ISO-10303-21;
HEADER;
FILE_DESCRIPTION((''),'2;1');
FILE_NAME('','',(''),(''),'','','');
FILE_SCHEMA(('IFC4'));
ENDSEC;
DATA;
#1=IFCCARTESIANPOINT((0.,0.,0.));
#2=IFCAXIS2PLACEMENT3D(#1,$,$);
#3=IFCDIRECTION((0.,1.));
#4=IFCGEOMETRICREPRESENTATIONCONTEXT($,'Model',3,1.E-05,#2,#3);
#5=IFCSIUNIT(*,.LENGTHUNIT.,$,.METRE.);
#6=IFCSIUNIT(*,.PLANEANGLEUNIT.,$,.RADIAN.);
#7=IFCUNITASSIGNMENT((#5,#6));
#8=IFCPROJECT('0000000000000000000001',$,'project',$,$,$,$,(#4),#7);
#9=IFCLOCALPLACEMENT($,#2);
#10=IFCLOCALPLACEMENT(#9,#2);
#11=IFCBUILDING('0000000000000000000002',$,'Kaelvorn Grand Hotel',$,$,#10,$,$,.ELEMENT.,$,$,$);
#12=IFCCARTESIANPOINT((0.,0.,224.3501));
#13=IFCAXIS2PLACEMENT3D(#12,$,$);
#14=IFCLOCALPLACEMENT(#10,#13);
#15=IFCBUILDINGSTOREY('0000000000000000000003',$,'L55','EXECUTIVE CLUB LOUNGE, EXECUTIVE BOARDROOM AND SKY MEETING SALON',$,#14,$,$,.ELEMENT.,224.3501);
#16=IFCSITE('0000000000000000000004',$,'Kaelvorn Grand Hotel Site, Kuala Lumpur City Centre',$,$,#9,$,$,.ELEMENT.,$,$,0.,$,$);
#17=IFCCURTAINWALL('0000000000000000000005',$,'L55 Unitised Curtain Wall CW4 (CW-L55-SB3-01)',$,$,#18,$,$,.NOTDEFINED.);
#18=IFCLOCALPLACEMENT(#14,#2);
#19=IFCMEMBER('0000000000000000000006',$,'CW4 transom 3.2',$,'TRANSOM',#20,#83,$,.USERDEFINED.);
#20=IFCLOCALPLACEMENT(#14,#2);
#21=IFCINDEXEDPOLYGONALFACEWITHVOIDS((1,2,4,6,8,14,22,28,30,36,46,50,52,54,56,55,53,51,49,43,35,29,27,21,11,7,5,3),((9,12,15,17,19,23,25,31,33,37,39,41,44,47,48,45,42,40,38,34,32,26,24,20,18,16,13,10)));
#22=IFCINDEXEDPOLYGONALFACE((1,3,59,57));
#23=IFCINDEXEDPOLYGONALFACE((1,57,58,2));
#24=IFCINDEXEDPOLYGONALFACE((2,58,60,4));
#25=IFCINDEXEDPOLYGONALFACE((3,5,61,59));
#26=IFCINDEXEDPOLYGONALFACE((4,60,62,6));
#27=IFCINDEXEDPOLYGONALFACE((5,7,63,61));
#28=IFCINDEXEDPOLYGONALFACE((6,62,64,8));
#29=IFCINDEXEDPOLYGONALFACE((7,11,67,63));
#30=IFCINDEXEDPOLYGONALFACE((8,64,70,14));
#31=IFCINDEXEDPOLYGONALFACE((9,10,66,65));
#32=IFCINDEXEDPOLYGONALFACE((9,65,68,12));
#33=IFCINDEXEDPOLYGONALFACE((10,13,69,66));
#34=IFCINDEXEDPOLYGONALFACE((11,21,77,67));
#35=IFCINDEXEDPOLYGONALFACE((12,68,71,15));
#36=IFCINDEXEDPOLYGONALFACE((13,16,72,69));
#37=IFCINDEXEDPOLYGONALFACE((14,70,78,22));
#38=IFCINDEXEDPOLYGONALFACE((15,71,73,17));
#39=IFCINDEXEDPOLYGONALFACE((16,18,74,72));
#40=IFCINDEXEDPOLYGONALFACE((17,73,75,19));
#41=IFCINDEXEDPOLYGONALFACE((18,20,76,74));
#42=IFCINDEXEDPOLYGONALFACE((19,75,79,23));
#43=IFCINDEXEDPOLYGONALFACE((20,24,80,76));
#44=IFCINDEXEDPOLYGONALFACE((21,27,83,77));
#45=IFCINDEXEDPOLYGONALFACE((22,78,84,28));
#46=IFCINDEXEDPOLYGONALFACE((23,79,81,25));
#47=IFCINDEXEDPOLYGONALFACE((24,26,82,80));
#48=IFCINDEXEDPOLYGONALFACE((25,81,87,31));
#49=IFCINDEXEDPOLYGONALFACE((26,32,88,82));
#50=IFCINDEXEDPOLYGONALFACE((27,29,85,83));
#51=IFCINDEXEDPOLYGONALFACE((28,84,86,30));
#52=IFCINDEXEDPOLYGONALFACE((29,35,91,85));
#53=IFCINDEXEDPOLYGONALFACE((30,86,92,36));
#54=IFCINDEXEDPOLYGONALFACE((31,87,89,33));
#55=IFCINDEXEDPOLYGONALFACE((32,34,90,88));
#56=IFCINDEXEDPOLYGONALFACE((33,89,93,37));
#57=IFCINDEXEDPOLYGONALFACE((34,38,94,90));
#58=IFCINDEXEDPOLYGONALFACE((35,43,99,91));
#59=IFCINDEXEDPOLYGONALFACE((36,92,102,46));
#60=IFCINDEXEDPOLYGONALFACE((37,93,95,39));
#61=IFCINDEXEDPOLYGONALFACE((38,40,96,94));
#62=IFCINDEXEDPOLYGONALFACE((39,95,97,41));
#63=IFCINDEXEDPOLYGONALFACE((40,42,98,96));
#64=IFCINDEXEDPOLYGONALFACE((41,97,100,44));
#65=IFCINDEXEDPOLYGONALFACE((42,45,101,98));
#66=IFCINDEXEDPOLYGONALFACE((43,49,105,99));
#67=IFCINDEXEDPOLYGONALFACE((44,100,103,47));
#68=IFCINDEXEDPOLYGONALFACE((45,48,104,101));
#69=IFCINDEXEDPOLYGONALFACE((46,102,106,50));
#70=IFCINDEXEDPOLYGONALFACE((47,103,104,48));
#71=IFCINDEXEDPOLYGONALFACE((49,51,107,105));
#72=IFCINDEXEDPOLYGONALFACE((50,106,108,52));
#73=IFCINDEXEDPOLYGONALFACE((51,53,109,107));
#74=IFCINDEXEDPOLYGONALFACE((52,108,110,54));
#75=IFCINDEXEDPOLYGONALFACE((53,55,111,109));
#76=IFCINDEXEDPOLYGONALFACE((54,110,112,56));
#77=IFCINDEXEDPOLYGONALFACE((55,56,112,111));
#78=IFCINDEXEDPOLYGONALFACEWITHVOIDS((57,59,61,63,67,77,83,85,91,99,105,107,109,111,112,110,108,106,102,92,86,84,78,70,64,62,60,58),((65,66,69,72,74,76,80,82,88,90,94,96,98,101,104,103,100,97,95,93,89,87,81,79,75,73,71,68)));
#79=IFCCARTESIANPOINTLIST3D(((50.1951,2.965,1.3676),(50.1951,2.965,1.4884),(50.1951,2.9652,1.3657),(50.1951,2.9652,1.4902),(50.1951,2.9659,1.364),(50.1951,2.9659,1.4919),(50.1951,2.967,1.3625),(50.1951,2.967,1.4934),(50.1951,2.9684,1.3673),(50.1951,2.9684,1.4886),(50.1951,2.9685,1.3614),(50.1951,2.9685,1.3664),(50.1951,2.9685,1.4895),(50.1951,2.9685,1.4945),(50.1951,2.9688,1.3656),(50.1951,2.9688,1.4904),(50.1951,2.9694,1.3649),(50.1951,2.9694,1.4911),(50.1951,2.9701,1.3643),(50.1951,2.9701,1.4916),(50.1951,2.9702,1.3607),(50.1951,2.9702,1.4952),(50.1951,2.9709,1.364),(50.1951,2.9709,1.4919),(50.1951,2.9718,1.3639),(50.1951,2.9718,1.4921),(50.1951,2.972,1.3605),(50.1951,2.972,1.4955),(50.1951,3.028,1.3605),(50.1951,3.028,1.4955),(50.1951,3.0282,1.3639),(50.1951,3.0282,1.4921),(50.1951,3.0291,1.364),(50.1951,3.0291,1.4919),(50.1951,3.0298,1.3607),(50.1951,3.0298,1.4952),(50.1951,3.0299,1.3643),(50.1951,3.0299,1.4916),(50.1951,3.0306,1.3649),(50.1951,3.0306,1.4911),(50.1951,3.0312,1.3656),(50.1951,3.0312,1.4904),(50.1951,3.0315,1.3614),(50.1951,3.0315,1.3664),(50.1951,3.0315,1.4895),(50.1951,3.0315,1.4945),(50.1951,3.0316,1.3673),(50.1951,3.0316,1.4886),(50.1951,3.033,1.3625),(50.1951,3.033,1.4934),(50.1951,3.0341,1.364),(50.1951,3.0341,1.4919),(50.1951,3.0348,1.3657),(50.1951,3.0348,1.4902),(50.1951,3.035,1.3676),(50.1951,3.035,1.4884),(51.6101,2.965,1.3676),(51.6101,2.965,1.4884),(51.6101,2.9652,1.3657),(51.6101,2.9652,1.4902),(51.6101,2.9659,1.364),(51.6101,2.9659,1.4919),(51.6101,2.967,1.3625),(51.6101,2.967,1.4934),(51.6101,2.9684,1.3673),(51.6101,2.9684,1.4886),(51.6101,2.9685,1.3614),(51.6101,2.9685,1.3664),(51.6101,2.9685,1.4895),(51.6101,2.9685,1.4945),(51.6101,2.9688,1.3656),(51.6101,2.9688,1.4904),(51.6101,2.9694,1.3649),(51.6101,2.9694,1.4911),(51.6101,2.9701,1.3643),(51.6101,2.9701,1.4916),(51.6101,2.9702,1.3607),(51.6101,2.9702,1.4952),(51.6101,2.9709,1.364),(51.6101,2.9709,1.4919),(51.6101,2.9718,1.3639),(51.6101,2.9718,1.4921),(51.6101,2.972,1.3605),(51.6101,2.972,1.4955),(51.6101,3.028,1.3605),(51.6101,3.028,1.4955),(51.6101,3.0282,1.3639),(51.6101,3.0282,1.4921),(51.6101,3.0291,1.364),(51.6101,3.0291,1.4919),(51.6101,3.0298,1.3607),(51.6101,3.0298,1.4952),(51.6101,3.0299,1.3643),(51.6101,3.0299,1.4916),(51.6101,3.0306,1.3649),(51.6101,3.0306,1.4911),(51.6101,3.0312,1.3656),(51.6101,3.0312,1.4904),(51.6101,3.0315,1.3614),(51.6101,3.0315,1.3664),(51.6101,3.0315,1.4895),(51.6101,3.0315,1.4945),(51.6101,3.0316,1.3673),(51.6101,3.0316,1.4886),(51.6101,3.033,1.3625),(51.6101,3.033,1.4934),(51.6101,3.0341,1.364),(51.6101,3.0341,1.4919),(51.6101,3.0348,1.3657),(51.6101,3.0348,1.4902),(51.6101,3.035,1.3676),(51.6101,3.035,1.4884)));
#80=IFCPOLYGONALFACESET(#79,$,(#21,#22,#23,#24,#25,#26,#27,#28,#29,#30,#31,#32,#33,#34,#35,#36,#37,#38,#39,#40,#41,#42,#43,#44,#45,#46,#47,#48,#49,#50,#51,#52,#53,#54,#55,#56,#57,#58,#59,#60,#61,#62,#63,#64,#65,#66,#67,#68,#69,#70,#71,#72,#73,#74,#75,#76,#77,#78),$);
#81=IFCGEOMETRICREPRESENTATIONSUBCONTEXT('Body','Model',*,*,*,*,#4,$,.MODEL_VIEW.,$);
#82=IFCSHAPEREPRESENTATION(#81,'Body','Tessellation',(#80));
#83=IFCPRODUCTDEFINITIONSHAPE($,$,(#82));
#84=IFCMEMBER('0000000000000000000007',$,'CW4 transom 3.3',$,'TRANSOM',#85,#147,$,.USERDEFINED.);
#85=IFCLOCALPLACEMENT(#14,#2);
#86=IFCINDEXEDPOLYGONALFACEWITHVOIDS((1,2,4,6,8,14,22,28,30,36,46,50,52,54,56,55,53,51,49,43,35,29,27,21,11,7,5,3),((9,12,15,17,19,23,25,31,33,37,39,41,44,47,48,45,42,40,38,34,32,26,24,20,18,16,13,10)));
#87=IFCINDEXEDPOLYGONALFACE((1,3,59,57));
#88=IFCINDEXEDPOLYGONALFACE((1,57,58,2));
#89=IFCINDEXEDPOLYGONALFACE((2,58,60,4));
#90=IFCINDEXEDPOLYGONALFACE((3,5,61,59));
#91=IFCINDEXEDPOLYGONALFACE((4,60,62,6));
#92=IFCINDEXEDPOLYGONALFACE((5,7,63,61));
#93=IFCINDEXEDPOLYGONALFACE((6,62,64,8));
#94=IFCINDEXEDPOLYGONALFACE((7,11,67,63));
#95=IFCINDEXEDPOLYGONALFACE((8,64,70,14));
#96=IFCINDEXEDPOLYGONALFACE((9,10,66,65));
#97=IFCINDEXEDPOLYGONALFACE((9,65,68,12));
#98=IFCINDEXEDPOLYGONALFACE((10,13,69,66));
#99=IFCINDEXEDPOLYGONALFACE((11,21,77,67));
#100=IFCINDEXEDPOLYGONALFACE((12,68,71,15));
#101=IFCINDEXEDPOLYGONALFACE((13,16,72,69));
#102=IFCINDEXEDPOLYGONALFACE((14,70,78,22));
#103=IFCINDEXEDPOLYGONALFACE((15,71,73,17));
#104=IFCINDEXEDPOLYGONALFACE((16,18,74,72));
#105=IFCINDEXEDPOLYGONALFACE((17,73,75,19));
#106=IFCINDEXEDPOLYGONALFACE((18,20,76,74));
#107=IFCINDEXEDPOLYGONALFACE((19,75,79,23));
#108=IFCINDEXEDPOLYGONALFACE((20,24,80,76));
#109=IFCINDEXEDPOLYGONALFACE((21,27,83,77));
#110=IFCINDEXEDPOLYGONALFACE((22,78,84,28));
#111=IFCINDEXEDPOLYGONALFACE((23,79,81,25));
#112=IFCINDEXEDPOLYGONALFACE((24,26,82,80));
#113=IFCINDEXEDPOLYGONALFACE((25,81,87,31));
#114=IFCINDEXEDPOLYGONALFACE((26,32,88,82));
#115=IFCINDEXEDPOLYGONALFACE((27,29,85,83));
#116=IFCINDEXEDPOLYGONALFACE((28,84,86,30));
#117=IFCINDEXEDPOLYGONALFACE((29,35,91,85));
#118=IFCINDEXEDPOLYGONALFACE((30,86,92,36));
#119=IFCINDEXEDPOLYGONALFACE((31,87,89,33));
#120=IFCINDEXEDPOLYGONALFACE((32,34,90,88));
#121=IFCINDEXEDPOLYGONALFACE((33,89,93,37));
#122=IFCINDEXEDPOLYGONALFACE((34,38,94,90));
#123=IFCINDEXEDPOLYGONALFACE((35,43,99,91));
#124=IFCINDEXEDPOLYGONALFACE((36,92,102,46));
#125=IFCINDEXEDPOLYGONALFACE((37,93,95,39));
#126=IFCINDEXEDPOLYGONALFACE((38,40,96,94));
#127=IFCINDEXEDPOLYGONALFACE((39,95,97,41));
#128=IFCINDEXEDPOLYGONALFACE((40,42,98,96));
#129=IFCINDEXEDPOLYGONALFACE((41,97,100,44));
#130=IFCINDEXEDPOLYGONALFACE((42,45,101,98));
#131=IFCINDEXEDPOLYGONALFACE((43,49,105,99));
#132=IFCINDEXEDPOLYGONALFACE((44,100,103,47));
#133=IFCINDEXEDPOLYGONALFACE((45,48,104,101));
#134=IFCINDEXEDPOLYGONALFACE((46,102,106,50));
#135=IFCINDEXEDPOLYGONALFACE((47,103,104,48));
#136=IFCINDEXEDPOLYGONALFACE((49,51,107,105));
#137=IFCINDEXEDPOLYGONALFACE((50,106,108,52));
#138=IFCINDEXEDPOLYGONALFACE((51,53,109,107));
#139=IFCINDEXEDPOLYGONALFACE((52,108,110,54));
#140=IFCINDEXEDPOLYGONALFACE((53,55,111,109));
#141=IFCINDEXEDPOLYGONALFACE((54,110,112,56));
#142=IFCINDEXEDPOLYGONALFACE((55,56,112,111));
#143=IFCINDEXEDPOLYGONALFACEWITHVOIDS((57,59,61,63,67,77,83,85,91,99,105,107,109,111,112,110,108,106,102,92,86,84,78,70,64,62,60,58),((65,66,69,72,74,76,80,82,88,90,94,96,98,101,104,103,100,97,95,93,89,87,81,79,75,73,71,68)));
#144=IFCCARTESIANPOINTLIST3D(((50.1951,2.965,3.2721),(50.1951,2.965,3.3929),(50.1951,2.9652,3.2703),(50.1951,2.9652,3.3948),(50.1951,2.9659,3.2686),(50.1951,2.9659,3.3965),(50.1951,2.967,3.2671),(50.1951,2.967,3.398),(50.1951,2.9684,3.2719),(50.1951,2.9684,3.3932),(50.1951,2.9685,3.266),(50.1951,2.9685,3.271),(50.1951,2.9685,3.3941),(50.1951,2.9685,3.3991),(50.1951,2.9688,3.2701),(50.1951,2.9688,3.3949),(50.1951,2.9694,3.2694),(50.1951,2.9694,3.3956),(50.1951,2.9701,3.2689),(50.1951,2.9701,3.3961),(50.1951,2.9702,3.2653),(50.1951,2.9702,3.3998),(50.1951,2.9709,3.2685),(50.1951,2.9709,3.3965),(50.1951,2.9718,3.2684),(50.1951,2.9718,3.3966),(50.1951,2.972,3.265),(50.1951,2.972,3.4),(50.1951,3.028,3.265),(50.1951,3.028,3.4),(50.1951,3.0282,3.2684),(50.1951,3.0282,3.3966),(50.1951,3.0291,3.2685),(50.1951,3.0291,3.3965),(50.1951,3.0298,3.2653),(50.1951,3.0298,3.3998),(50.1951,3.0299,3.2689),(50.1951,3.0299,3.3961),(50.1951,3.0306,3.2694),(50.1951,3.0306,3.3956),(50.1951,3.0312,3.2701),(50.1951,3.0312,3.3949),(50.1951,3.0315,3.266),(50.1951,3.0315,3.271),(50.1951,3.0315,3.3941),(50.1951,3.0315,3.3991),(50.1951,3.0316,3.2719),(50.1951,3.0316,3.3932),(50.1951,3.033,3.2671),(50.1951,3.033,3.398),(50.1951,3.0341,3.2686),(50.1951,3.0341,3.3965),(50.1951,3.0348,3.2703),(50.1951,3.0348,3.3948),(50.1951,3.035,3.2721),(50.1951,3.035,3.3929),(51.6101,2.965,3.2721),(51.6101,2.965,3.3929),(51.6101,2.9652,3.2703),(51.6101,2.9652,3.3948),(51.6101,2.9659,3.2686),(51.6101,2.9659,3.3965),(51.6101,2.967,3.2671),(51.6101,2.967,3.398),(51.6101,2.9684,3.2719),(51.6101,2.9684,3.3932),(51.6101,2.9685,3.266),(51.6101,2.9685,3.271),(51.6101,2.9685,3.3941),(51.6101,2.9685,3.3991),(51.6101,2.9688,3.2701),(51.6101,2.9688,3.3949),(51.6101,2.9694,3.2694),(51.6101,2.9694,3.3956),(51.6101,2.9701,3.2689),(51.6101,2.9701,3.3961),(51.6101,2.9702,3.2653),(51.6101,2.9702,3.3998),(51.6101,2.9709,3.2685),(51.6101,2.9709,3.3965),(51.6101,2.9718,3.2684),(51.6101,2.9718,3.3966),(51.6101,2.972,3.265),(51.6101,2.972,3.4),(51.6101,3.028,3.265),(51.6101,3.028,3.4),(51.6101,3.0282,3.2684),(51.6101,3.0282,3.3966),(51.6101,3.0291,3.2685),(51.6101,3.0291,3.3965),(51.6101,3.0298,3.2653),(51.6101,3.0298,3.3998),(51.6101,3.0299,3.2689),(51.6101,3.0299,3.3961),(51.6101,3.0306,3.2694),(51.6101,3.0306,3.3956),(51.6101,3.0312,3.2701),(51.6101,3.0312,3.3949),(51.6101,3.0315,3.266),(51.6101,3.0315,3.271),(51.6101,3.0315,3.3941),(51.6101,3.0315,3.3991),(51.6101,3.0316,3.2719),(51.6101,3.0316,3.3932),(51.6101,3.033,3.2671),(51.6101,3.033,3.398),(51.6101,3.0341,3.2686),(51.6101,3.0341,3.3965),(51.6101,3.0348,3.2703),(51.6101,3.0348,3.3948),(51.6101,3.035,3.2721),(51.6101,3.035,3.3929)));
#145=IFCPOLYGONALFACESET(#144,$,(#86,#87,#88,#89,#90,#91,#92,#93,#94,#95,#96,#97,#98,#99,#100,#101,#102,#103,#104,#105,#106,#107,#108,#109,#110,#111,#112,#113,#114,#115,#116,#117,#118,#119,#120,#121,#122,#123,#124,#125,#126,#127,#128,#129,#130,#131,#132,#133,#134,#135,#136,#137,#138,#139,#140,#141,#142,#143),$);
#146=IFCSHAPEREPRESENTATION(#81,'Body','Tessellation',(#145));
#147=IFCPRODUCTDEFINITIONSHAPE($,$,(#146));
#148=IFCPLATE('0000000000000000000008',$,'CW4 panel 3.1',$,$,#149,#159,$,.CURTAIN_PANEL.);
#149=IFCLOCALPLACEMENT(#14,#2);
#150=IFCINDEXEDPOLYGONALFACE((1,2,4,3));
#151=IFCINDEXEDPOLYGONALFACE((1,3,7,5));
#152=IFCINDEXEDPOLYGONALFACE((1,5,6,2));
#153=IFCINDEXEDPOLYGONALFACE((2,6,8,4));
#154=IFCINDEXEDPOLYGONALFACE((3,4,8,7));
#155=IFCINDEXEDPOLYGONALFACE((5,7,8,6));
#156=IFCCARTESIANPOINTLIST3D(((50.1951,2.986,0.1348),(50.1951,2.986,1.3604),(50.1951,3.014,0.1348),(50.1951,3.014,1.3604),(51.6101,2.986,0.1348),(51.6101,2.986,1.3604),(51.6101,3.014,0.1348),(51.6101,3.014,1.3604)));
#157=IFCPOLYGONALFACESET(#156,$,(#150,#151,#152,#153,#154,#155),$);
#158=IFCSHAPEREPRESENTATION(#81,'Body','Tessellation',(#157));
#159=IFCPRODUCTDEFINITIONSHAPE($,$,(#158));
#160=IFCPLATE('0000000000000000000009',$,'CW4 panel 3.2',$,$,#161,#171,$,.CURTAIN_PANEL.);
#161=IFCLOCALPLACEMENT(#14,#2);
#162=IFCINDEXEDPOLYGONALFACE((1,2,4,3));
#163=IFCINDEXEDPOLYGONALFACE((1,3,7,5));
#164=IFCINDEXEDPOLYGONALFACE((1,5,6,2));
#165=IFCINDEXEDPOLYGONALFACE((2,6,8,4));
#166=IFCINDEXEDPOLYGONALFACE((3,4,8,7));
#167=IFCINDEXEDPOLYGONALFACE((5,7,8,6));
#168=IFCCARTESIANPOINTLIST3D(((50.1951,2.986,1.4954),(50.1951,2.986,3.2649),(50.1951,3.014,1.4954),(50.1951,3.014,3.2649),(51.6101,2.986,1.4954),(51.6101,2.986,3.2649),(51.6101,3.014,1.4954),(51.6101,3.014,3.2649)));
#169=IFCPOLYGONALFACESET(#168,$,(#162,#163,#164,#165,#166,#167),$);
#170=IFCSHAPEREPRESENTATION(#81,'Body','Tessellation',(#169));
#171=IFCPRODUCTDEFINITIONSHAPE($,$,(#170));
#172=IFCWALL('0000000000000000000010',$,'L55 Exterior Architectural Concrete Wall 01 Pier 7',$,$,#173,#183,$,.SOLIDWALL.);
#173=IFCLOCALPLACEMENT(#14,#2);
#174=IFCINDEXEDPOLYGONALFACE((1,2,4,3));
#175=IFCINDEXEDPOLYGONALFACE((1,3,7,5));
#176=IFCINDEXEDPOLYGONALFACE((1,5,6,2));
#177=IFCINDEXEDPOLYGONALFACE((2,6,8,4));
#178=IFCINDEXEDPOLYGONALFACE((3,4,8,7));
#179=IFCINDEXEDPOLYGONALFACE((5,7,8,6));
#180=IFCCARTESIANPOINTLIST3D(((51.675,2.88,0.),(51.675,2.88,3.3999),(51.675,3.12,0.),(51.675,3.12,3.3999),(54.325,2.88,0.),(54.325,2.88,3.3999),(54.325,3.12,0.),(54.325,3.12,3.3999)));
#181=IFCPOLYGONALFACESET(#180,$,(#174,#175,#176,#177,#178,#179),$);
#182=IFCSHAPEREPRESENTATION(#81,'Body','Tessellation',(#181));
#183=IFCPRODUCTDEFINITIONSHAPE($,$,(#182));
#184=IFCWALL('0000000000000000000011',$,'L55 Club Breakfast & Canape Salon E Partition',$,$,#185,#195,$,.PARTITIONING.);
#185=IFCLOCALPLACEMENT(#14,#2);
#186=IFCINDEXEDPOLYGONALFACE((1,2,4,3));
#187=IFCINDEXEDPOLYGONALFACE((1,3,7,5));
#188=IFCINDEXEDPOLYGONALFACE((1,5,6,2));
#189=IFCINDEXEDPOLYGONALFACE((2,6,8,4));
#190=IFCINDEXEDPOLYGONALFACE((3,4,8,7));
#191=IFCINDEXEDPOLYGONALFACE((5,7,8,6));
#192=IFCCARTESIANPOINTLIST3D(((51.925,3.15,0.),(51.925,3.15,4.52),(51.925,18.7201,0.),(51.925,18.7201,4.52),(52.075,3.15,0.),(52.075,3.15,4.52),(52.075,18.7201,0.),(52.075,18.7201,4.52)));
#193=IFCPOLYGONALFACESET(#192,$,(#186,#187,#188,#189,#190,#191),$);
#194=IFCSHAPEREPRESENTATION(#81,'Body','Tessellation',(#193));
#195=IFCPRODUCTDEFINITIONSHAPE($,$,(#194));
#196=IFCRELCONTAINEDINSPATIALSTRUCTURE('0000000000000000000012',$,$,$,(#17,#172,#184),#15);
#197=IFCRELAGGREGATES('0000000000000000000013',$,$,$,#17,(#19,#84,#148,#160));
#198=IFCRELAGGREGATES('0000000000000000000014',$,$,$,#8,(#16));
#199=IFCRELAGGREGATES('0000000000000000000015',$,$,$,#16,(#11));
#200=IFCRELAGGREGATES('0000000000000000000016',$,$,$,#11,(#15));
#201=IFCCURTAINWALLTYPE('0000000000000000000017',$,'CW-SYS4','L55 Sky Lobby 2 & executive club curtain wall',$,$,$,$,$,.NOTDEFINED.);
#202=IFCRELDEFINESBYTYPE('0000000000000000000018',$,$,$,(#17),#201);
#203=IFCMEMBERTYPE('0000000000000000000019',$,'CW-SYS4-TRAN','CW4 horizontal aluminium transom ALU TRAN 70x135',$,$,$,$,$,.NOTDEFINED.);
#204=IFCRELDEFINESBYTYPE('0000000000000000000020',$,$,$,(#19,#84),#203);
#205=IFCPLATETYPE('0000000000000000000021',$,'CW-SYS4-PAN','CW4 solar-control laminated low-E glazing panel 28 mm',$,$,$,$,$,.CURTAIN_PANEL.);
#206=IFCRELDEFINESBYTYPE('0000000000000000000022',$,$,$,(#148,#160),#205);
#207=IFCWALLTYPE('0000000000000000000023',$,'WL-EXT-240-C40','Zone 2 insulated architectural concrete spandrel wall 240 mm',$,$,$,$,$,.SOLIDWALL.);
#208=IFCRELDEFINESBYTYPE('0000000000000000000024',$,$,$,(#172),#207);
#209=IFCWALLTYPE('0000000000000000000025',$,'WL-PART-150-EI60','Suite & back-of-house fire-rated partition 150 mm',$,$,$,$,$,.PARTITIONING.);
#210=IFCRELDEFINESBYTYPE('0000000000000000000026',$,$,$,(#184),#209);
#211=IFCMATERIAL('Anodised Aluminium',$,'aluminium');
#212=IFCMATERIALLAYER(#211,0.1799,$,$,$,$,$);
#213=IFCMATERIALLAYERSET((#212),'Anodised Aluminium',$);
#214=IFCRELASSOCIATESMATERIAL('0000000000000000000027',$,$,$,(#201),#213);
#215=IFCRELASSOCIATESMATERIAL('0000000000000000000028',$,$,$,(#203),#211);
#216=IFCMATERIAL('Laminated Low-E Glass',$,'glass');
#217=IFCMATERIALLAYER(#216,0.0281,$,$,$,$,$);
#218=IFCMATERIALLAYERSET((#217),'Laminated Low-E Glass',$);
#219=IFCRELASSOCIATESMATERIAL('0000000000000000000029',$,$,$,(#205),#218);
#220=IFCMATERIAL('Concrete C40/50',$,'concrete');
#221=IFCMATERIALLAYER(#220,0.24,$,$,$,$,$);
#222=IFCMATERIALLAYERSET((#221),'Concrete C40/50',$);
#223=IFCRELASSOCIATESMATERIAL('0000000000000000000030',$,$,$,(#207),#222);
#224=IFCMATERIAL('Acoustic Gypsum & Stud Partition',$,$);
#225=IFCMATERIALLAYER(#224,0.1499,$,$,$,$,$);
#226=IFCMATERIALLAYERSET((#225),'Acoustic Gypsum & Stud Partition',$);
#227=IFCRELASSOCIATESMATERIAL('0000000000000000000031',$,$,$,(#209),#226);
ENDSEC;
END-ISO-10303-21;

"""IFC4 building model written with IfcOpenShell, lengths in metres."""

from ifc_helpers import new_model, si_unit, direction, frame, frame_2d, origin, origin_2d, place, context, subcontext, project, spatial, rectangle, hollow_rectangle, extrude, material, layer, layer_set, material_profile, profile_set, type_object, element, aggregate, save


model = new_model("IFC4")

# Units and contexts
model_context = context("Model", 3, precision=1e-05, world=origin(), true_north=direction((0.0, 1.0)))
body_context = subcontext(model_context, "Body", "Model", "MODEL_VIEW")
ifc_project = project(units=[si_unit("LENGTHUNIT", "METRE"), si_unit("PLANEANGLEUNIT", "RADIAN")], contexts=[model_context])

# Site, building, storey
site_placement = place(None, origin())
site = spatial("IfcSite", under=ifc_project, at=site_placement, Name="Kaelvorn Grand Hotel Site, Kuala Lumpur City Centre", CompositionType="ELEMENT", RefElevation=0.0)
building_placement = place(site_placement, origin())
building = spatial("IfcBuilding", under=site, at=building_placement, Name="Kaelvorn Grand Hotel", CompositionType="ELEMENT")
storey_placement = place(building_placement, frame((0.0, 0.0, 224.3501)))
storey = spatial("IfcBuildingStorey", under=building, at=storey_placement, Name="L55", Description="EXECUTIVE CLUB LOUNGE, EXECUTIVE BOARDROOM AND SKY MEETING SALON", CompositionType="ELEMENT", Elevation=224.3501)

# Curtain wall, members, plates
ifc_material_1 = material(Name="Anodised Aluminium", Category="aluminium")
ifc_layer_1 = layer(ifc_material_1, 0.1799)
ifc_layer_set_1 = layer_set([ifc_layer_1], Name="Anodised Aluminium")
curtain_wall_type = type_object("IfcCurtainWallType", Name="CW-SYS4", Description="L55 Sky Lobby 2 & executive club curtain wall", PredefinedType="NOTDEFINED", material=ifc_layer_set_1)
curtain_wall_placement = place(storey_placement, origin())
curtain_wall = element("IfcCurtainWall", 1, at=curtain_wall_placement, inside=storey, type_object=curtain_wall_type, Name="L55 Unitised Curtain Wall CW4 (CW-L55-SB3-01)", PredefinedType="NOTDEFINED")
ifc_material_profile_1 = material_profile(ifc_material_1, hollow_rectangle(XDim=0.0701, YDim=0.135, WallThickness=0.0034, InnerFilletRadius=0.0034, OuterFilletRadius=0.0071, at=origin_2d()), Name="ALU TRAN 70x135")
ifc_profile_set_1 = profile_set([ifc_material_profile_1], Name="Anodised Aluminium")
member_type_1 = type_object("IfcMemberType", Name="CW-SYS4-TRAN", Description="CW4 horizontal aluminium transom ALU TRAN 70x135", PredefinedType="NOTDEFINED", material=ifc_profile_set_1)
member_1_placement = place(storey_placement, frame((50.1951, 3.0, 1.428), z_axis=(1.0, 0.0, 0.0), x_axis=(0.0, 1.0, 0.0)))
member_1 = element("IfcMember", 2, at=member_1_placement, type_object=member_type_1, Name="CW4 transom 3.2", ObjectType="TRANSOM", PredefinedType="USERDEFINED", context=body_context, shape_type="SweptSolid", body=[
    extrude(hollow_rectangle(XDim=0.0701, YDim=0.135, WallThickness=0.0034, InnerFilletRadius=0.0034, OuterFilletRadius=0.0071, at=origin_2d()), origin(), (0.0, 0.0, 1.0), 1.415),
])
member_2_placement = place(storey_placement, frame((50.1951, 3.0, 3.3325), z_axis=(1.0, 0.0, 0.0), x_axis=(0.0, 1.0, 0.0)))
member_2 = element("IfcMember", 3, at=member_2_placement, type_object=member_type_1, Name="CW4 transom 3.3", ObjectType="TRANSOM", PredefinedType="USERDEFINED", context=body_context, shape_type="SweptSolid", body=[
    extrude(hollow_rectangle(XDim=0.0701, YDim=0.135, WallThickness=0.0034, InnerFilletRadius=0.0034, OuterFilletRadius=0.0071, at=origin_2d()), origin(), (0.0, 0.0, 1.0), 1.415),
])
ifc_material_2 = material(Name="Laminated Low-E Glass", Category="glass")
ifc_layer_2 = layer(ifc_material_2, 0.0281)
ifc_layer_set_2 = layer_set([ifc_layer_2], Name="Laminated Low-E Glass")
plate_type = type_object("IfcPlateType", Name="CW-SYS4-PAN", Description="CW4 solar-control laminated low-E glazing panel 28 mm", PredefinedType="CURTAIN_PANEL", material=ifc_layer_set_2)
plate_1_placement = place(storey_placement, frame((50.9026, 3.0, 0.1348), z_axis=(0.0, 0.0, 1.0), x_axis=(1.0, 0.0, 0.0)))
plate_1 = element("IfcPlate", 4, at=plate_1_placement, type_object=plate_type, Name="CW4 panel 3.1", PredefinedType="CURTAIN_PANEL", context=body_context, shape_type="SweptSolid", body=[
    extrude(rectangle(XDim=1.415, YDim=0.0281, at=origin_2d()), origin(), (0.0, 0.0, 1.0), 1.2256),
])
plate_2_placement = place(storey_placement, frame((50.9026, 3.0, 1.4954), z_axis=(0.0, 0.0, 1.0), x_axis=(1.0, 0.0, 0.0)))
plate_2 = element("IfcPlate", 5, at=plate_2_placement, type_object=plate_type, Name="CW4 panel 3.2", PredefinedType="CURTAIN_PANEL", context=body_context, shape_type="SweptSolid", body=[
    extrude(rectangle(XDim=1.415, YDim=0.0281, at=origin_2d()), origin(), (0.0, 0.0, 1.0), 1.7695),
])
aggregate(curtain_wall, [member_1, member_2, plate_1, plate_2])

# Walls
ifc_material_3 = material(Name="Concrete C40/50", Category="concrete")
ifc_layer_3 = layer(ifc_material_3, 0.24)
ifc_layer_set_3 = layer_set([ifc_layer_3], Name="Concrete C40/50")
wall_type_1 = type_object("IfcWallType", Name="WL-EXT-240-C40", Description="Zone 2 insulated architectural concrete spandrel wall 240 mm", PredefinedType="SOLIDWALL", material=ifc_layer_set_3)
wall_1_placement = place(storey_placement, frame((51.675, 3.0, 0.0), z_axis=(0.0, 0.0, 1.0), x_axis=(1.0, 0.0, 0.0)))
element("IfcWall", 6, at=wall_1_placement, inside=storey, type_object=wall_type_1, Name="L55 Exterior Architectural Concrete Wall 01 Pier 7", PredefinedType="SOLIDWALL", context=body_context, shape_type="SweptSolid", body=[
    extrude(rectangle(XDim=2.6499, YDim=0.24, at=frame_2d((1.325, 0.0))), origin(), (0.0, 0.0, 1.0), 3.3999),
])
ifc_material_4 = material(Name="Acoustic Gypsum & Stud Partition")
ifc_layer_4 = layer(ifc_material_4, 0.1499)
ifc_layer_set_4 = layer_set([ifc_layer_4], Name="Acoustic Gypsum & Stud Partition")
wall_type_2 = type_object("IfcWallType", Name="WL-PART-150-EI60", Description="Suite & back-of-house fire-rated partition 150 mm", PredefinedType="PARTITIONING", material=ifc_layer_set_4)
wall_2_placement = place(storey_placement, frame((52.0, 3.1499, 0.0), z_axis=(0.0, 0.0, 1.0), x_axis=(0.0, 1.0, 0.0)))
element("IfcWall", 7, at=wall_2_placement, inside=storey, type_object=wall_type_2, Name="L55 Club Breakfast & Canape Salon E Partition", PredefinedType="PARTITIONING", context=body_context, shape_type="SweptSolid", body=[
    extrude(rectangle(XDim=15.5701, YDim=0.1499, at=frame_2d((7.7852, 0.0))), origin(), (0.0, 0.0, 1.0), 4.52),
])

save(model, "model.ifc")
